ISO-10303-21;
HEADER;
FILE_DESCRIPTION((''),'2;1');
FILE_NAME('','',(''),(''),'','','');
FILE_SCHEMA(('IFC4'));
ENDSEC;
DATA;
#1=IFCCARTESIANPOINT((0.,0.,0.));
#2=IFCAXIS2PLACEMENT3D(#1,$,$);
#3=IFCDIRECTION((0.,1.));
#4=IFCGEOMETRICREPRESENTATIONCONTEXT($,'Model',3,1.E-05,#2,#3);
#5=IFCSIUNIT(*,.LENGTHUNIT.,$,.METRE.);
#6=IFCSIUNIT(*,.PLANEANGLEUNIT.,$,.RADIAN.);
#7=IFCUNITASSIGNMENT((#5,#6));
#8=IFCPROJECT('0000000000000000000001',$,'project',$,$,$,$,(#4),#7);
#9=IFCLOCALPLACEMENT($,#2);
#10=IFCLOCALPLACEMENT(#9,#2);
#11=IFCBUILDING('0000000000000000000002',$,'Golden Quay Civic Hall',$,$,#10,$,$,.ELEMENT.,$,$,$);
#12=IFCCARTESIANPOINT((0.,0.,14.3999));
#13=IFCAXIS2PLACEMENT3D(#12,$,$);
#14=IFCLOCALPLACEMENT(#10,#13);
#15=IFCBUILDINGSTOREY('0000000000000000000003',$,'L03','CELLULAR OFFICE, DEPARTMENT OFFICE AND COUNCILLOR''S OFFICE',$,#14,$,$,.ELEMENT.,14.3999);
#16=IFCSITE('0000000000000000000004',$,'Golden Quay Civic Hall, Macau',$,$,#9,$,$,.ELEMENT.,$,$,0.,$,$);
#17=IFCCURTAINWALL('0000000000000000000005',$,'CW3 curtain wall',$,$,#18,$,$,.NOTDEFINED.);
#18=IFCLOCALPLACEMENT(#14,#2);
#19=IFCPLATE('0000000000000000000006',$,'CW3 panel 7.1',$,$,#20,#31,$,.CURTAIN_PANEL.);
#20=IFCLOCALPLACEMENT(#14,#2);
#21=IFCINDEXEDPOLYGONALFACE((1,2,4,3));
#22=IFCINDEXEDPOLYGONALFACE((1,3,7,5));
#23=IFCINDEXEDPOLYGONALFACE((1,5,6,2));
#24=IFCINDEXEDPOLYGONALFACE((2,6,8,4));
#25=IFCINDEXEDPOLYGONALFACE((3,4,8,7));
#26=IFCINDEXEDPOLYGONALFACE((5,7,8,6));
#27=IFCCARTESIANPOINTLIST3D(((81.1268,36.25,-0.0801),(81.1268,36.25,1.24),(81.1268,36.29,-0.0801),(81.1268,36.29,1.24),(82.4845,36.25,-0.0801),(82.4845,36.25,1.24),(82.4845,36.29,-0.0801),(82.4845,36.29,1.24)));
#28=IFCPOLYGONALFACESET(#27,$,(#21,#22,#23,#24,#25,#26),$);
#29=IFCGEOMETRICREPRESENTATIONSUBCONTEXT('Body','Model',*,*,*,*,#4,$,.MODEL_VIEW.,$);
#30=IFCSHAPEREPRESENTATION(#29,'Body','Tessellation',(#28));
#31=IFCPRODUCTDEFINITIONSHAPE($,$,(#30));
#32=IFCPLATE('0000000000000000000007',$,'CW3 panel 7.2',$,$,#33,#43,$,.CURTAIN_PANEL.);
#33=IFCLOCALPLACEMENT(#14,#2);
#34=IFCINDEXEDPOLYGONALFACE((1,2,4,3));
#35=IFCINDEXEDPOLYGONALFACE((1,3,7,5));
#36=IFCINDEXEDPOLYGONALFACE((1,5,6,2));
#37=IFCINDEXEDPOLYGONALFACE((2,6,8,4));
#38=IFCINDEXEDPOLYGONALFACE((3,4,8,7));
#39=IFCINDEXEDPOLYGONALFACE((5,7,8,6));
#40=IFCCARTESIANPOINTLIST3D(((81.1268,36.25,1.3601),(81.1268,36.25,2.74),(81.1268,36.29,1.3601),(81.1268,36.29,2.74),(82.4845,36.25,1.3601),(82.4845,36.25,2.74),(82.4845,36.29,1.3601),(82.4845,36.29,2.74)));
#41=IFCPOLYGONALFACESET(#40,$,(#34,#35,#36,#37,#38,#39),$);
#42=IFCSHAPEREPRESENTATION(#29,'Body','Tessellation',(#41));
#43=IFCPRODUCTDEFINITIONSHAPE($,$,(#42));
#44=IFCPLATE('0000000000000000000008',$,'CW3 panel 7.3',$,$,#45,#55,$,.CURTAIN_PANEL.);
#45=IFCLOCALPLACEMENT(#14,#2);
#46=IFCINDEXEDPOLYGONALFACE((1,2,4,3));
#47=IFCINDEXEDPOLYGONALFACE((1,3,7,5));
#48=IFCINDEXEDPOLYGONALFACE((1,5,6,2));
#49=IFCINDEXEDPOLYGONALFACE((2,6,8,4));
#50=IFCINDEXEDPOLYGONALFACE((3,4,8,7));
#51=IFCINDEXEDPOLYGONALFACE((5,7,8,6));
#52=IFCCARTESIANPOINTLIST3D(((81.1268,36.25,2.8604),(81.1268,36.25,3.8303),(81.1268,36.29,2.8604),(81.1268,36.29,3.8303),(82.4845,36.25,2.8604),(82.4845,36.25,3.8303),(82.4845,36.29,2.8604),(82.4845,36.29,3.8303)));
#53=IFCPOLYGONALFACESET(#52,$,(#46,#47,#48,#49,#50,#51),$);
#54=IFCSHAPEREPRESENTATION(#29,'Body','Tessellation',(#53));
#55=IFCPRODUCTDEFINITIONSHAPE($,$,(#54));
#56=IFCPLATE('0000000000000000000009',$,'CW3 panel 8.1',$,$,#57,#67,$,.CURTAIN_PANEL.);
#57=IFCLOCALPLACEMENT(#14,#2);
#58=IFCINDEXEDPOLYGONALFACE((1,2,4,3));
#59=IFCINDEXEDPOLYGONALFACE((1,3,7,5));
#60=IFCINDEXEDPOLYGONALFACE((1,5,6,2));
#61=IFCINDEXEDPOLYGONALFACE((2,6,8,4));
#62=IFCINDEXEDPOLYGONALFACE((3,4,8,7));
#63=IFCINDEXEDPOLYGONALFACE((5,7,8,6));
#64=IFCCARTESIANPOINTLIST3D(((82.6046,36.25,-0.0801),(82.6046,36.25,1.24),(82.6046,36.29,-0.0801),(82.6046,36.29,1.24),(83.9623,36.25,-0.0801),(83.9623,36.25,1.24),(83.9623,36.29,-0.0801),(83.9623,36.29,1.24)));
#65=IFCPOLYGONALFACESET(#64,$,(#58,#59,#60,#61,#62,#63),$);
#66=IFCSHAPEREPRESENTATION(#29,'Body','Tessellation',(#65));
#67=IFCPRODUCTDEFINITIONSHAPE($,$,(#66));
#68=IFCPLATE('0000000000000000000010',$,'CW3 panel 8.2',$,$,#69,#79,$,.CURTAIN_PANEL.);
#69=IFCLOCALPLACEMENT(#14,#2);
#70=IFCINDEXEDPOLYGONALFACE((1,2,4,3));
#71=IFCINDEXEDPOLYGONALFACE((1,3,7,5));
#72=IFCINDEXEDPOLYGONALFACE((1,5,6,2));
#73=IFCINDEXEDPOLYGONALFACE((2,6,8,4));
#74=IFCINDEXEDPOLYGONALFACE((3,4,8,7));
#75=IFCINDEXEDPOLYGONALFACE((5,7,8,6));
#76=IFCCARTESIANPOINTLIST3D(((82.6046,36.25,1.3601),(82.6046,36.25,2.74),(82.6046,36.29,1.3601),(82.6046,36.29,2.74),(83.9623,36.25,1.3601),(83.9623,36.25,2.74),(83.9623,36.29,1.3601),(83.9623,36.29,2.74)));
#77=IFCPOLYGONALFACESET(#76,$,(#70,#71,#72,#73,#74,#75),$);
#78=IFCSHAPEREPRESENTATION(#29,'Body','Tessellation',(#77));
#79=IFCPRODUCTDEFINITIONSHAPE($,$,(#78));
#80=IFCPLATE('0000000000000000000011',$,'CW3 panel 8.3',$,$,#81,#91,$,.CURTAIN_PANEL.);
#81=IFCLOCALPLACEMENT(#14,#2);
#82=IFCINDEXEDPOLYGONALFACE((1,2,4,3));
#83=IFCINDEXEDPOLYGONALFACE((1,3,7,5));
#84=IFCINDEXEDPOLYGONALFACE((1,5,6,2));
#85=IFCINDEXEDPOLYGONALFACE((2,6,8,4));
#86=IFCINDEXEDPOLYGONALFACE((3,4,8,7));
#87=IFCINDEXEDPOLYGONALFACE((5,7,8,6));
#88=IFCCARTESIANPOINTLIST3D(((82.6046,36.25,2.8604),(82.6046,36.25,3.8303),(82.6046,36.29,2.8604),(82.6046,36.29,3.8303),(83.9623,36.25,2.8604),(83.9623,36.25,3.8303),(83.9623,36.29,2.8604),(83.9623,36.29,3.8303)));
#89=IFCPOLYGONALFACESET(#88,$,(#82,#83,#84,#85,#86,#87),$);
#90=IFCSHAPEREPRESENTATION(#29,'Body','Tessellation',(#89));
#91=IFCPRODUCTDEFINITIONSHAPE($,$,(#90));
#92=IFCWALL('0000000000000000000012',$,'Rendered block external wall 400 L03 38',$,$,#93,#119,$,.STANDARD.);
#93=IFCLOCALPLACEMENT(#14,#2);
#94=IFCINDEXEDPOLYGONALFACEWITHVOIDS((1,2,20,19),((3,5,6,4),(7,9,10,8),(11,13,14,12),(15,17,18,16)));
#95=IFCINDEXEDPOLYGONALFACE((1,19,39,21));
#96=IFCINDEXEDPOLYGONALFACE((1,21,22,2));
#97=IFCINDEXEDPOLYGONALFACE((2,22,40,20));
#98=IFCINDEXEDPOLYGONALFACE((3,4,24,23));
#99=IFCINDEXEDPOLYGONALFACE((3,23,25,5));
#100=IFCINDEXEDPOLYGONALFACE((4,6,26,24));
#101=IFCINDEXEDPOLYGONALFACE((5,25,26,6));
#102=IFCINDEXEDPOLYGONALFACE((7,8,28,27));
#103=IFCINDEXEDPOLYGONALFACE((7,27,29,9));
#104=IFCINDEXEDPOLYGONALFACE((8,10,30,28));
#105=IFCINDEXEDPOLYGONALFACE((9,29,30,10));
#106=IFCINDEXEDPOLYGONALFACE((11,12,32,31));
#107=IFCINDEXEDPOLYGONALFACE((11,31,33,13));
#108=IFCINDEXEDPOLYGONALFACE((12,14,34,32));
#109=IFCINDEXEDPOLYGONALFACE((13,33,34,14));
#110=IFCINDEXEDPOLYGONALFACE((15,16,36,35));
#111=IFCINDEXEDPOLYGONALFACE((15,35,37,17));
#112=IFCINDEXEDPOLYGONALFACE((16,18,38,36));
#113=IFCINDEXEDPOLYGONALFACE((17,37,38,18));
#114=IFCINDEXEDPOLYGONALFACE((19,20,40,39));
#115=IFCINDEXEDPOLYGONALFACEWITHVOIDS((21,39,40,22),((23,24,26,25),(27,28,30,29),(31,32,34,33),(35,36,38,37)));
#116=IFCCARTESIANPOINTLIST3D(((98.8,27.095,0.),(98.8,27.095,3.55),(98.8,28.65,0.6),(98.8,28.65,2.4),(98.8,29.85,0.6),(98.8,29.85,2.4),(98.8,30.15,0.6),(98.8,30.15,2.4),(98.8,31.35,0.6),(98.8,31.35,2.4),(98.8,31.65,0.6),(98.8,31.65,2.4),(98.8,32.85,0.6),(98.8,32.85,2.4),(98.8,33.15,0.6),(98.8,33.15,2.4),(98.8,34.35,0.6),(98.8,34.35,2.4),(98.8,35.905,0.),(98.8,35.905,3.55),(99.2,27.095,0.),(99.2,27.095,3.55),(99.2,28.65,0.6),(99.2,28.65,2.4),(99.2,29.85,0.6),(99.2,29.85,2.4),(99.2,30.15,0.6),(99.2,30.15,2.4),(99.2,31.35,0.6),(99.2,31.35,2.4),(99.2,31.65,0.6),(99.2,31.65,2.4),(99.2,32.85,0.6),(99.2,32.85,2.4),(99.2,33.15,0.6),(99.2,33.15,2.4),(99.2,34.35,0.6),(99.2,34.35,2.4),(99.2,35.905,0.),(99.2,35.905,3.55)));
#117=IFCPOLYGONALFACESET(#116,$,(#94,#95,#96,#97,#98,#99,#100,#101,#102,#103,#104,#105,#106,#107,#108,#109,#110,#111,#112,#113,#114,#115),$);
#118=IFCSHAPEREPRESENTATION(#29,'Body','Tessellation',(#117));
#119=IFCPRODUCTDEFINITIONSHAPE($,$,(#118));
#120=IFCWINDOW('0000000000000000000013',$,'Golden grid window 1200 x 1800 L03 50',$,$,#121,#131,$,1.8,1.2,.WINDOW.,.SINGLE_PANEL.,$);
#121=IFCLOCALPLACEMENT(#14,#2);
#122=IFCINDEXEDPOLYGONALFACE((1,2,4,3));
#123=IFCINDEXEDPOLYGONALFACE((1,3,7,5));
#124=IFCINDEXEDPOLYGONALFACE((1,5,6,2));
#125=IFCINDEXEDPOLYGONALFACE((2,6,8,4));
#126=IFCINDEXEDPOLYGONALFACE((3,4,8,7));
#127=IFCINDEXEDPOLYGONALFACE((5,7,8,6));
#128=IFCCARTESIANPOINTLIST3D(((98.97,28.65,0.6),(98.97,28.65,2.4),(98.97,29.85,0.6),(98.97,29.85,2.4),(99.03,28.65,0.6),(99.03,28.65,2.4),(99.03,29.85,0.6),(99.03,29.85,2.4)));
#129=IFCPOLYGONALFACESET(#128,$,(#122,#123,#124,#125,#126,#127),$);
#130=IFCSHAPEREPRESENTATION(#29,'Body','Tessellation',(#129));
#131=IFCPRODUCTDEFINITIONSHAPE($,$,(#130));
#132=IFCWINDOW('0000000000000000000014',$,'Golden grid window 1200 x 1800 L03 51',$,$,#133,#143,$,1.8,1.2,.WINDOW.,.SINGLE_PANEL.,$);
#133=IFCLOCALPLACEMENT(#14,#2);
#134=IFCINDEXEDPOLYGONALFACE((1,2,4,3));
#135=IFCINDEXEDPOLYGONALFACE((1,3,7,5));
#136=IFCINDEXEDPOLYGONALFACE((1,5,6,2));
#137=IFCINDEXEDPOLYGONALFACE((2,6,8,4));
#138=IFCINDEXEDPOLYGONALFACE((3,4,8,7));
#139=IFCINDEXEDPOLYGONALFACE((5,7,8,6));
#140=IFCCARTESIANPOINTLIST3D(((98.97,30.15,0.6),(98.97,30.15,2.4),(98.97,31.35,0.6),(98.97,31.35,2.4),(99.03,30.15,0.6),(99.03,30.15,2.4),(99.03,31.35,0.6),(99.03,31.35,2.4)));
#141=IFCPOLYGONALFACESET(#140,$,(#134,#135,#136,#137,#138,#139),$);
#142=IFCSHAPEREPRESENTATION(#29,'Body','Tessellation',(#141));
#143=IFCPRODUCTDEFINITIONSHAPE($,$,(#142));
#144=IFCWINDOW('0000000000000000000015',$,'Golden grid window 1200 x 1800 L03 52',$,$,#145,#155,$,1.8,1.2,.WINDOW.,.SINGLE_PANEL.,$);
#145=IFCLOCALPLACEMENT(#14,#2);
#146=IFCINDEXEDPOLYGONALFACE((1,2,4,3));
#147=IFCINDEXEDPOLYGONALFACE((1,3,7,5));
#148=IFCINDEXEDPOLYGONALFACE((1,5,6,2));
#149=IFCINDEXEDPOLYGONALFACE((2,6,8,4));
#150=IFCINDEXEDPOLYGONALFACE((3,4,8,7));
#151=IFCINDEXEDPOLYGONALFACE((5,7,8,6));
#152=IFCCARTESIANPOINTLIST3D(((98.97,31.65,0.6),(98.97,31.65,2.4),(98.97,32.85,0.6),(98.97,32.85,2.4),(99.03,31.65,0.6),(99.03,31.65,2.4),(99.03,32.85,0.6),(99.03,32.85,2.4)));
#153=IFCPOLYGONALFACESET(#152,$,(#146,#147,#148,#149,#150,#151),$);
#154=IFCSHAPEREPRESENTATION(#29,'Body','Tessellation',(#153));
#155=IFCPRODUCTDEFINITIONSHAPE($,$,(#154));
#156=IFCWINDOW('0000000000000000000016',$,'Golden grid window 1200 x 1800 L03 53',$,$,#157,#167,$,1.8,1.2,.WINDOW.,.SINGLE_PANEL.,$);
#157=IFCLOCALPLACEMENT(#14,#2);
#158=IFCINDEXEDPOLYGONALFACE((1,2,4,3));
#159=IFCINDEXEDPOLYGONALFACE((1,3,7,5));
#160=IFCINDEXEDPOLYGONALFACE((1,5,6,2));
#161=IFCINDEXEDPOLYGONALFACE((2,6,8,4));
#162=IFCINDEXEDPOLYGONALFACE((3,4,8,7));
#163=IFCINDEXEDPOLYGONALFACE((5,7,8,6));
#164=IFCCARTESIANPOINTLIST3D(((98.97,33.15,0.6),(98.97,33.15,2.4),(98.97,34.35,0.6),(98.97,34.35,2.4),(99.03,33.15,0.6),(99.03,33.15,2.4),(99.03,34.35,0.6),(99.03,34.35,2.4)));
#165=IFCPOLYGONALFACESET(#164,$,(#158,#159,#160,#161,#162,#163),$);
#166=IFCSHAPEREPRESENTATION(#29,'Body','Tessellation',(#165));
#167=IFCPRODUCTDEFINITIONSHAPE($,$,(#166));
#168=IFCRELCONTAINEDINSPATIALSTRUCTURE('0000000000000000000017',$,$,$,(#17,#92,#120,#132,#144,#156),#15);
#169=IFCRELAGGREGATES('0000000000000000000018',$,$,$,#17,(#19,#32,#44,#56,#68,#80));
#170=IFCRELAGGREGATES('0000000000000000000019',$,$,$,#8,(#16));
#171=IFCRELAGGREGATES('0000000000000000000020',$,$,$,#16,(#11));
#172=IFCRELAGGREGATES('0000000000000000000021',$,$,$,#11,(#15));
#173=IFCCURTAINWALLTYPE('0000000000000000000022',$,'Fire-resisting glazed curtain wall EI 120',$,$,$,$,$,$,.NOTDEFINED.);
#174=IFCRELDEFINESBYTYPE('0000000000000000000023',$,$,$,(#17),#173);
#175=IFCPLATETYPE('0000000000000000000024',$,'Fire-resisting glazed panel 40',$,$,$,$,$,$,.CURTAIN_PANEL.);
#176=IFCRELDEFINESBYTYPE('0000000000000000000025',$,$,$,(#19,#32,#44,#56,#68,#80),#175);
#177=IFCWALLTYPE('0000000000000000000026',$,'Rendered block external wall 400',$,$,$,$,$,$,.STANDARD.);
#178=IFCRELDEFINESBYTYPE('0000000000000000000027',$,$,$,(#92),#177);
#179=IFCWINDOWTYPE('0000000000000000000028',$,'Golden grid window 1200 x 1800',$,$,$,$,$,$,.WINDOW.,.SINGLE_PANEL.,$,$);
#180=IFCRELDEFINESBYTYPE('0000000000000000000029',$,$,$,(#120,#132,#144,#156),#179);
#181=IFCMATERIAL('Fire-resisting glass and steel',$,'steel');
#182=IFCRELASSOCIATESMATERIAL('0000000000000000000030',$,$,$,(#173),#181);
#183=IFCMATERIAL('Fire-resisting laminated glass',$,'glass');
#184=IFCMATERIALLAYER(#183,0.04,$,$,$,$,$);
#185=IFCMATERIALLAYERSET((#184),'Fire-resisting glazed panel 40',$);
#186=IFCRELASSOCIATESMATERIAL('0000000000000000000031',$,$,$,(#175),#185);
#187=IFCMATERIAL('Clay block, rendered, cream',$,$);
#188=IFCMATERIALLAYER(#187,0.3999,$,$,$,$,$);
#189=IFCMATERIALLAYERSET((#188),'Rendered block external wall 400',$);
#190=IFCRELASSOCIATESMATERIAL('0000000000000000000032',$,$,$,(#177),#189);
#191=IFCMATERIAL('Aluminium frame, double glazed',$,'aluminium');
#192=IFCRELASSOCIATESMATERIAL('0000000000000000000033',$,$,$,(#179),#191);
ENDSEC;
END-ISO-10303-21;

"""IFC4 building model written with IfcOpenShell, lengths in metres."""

from ifc_helpers import new_model, si_unit, direction, frame, frame_2d, origin, origin_2d, place, context, subcontext, project, spatial, rectangle, extrude, material, layer, layer_set, type_object, element, fill, aggregate, save


model = new_model("IFC4")

# Units and contexts
model_context = context("Model", 3, precision=1e-05, world=origin(), true_north=direction((0.0, 1.0)))
body_context = subcontext(model_context, "Body", "Model", "MODEL_VIEW")
ifc_project = project(units=[si_unit("LENGTHUNIT", "METRE"), si_unit("PLANEANGLEUNIT", "RADIAN")], contexts=[model_context])

# Site, building, storey
site_placement = place(None, origin())
site = spatial("IfcSite", under=ifc_project, at=site_placement, Name="Golden Quay Civic Hall, Macau", CompositionType="ELEMENT", RefElevation=0.0)
building_placement = place(site_placement, origin())
building = spatial("IfcBuilding", under=site, at=building_placement, Name="Golden Quay Civic Hall", CompositionType="ELEMENT")
storey_placement = place(building_placement, frame((0.0, 0.0, 14.3999)))
storey = spatial("IfcBuildingStorey", under=building, at=storey_placement, Name="L03", Description="CELLULAR OFFICE, DEPARTMENT OFFICE AND COUNCILLOR'S OFFICE", CompositionType="ELEMENT", Elevation=14.3999)

# Curtain wall
ifc_material_1 = material(Name="Fire-resisting glass and steel", Category="steel")
curtain_wall_type = type_object("IfcCurtainWallType", Name="Fire-resisting glazed curtain wall EI 120", PredefinedType="NOTDEFINED", material=ifc_material_1)
curtain_wall_placement = place(storey_placement, origin())
curtain_wall = element("IfcCurtainWall", 1, at=curtain_wall_placement, inside=storey, type_object=curtain_wall_type, Name="CW3 curtain wall", PredefinedType="NOTDEFINED")

# Plates
ifc_material_2 = material(Name="Fire-resisting laminated glass", Category="glass")
ifc_layer_1 = layer(ifc_material_2, 0.04)
ifc_layer_set_1 = layer_set([ifc_layer_1], Name="Fire-resisting glazed panel 40")
plate_type = type_object("IfcPlateType", Name="Fire-resisting glazed panel 40", PredefinedType="CURTAIN_PANEL", material=ifc_layer_set_1)
plate_1_placement = place(storey_placement, frame((81.8057, 36.27, -0.0801), z_axis=(0.0, 0.0, 1.0), x_axis=(1.0, 0.0, 0.0)))
plate_1 = element("IfcPlate", 2, at=plate_1_placement, type_object=plate_type, Name="CW3 panel 7.1", PredefinedType="CURTAIN_PANEL", context=body_context, shape_type="SweptSolid", body=[
    extrude(rectangle(XDim=1.3577, YDim=0.04, at=origin_2d()), origin(), (0.0, 0.0, 1.0), 1.3201),
])
plate_2_placement = place(storey_placement, frame((81.8057, 36.27, 1.3601), z_axis=(0.0, 0.0, 1.0), x_axis=(1.0, 0.0, 0.0)))
plate_2 = element("IfcPlate", 3, at=plate_2_placement, type_object=plate_type, Name="CW3 panel 7.2", PredefinedType="CURTAIN_PANEL", context=body_context, shape_type="SweptSolid", body=[
    extrude(rectangle(XDim=1.3577, YDim=0.04, at=origin_2d()), origin(), (0.0, 0.0, 1.0), 1.3799),
])
plate_3_placement = place(storey_placement, frame((81.8057, 36.27, 2.8604), z_axis=(0.0, 0.0, 1.0), x_axis=(1.0, 0.0, 0.0)))
plate_3 = element("IfcPlate", 4, at=plate_3_placement, type_object=plate_type, Name="CW3 panel 7.3", PredefinedType="CURTAIN_PANEL", context=body_context, shape_type="SweptSolid", body=[
    extrude(rectangle(XDim=1.3577, YDim=0.04, at=origin_2d()), origin(), (0.0, 0.0, 1.0), 0.97),
])
plate_4_placement = place(storey_placement, frame((83.2834, 36.27, -0.0801), z_axis=(0.0, 0.0, 1.0), x_axis=(1.0, 0.0, 0.0)))
plate_4 = element("IfcPlate", 5, at=plate_4_placement, type_object=plate_type, Name="CW3 panel 8.1", PredefinedType="CURTAIN_PANEL", context=body_context, shape_type="SweptSolid", body=[
    extrude(rectangle(XDim=1.3577, YDim=0.04, at=origin_2d()), origin(), (0.0, 0.0, 1.0), 1.3201),
])
plate_5_placement = place(storey_placement, frame((83.2834, 36.27, 1.3601), z_axis=(0.0, 0.0, 1.0), x_axis=(1.0, 0.0, 0.0)))
plate_5 = element("IfcPlate", 6, at=plate_5_placement, type_object=plate_type, Name="CW3 panel 8.2", PredefinedType="CURTAIN_PANEL", context=body_context, shape_type="SweptSolid", body=[
    extrude(rectangle(XDim=1.3577, YDim=0.04, at=origin_2d()), origin(), (0.0, 0.0, 1.0), 1.3799),
])
plate_6_placement = place(storey_placement, frame((83.2834, 36.27, 2.8604), z_axis=(0.0, 0.0, 1.0), x_axis=(1.0, 0.0, 0.0)))
plate_6 = element("IfcPlate", 7, at=plate_6_placement, type_object=plate_type, Name="CW3 panel 8.3", PredefinedType="CURTAIN_PANEL", context=body_context, shape_type="SweptSolid", body=[
    extrude(rectangle(XDim=1.3577, YDim=0.04, at=origin_2d()), origin(), (0.0, 0.0, 1.0), 0.97),
])
aggregate(curtain_wall, [plate_1, plate_2, plate_3, plate_4, plate_5, plate_6])

# Wall, openings, windows
ifc_material_3 = material(Name="Clay block, rendered, cream")
ifc_layer_2 = layer(ifc_material_3, 0.3999)
ifc_layer_set_2 = layer_set([ifc_layer_2], Name="Rendered block external wall 400")
wall_type = type_object("IfcWallType", Name="Rendered block external wall 400", PredefinedType="STANDARD", material=ifc_layer_set_2)
wall_1_placement = place(storey_placement, frame((99.0, 27.095, 0.0), z_axis=(0.0, 0.0, 1.0), x_axis=(0.0, 1.0, 0.0)))
wall_1 = element("IfcWall", 8, at=wall_1_placement, inside=storey, type_object=wall_type, Name="Rendered block external wall 400 L03 38", PredefinedType="STANDARD", context=body_context, shape_type="SweptSolid", body=[
    extrude(rectangle(XDim=8.8101, YDim=0.3999, at=frame_2d((4.405, 0.0))), origin(), (0.0, 0.0, 1.0), 3.55),
])
opening_1_placement = place(wall_1_placement, frame((1.5549, 0.0, 0.6001)))
opening_1 = element("IfcOpeningElement", 9, at=opening_1_placement, cuts=wall_1, PredefinedType="OPENING", context=body_context, shape_type="SweptSolid", body=[
    extrude(rectangle(XDim=1.2, YDim=1.8, at=frame_2d((0.6001, 0.8999))), frame((0.0, 0.21, 0.0), z_axis=(0.0, -1.0, 0.0), x_axis=(1.0, 0.0, 0.0)), (0.0, 0.0, 1.0), 0.4199),
])
opening_2_placement = place(wall_1_placement, frame((3.0549, 0.0, 0.6001)))
opening_2 = element("IfcOpeningElement", 10, at=opening_2_placement, cuts=wall_1, PredefinedType="OPENING", context=body_context, shape_type="SweptSolid", body=[
    extrude(rectangle(XDim=1.2, YDim=1.8, at=frame_2d((0.6001, 0.8999))), frame((0.0, 0.21, 0.0), z_axis=(0.0, -1.0, 0.0), x_axis=(1.0, 0.0, 0.0)), (0.0, 0.0, 1.0), 0.4199),
])
opening_3_placement = place(wall_1_placement, frame((4.5549, 0.0, 0.6001)))
opening_3 = element("IfcOpeningElement", 11, at=opening_3_placement, cuts=wall_1, PredefinedType="OPENING", context=body_context, shape_type="SweptSolid", body=[
    extrude(rectangle(XDim=1.2, YDim=1.8, at=frame_2d((0.6001, 0.8999))), frame((0.0, 0.21, 0.0), z_axis=(0.0, -1.0, 0.0), x_axis=(1.0, 0.0, 0.0)), (0.0, 0.0, 1.0), 0.4199),
])
opening_4_placement = place(wall_1_placement, frame((6.0549, 0.0, 0.6001)))
opening_4 = element("IfcOpeningElement", 12, at=opening_4_placement, cuts=wall_1, PredefinedType="OPENING", context=body_context, shape_type="SweptSolid", body=[
    extrude(rectangle(XDim=1.2, YDim=1.8, at=frame_2d((0.6001, 0.8999))), frame((0.0, 0.21, 0.0), z_axis=(0.0, -1.0, 0.0), x_axis=(1.0, 0.0, 0.0)), (0.0, 0.0, 1.0), 0.4199),
])
ifc_material_4 = material(Name="Aluminium frame, double glazed", Category="aluminium")
window_type = type_object("IfcWindowType", Name="Golden grid window 1200 x 1800", PartitioningType="SINGLE_PANEL", PredefinedType="WINDOW", material=ifc_material_4)
window_1_placement = place(opening_1_placement, origin())
window_1 = element("IfcWindow", 13, at=window_1_placement, inside=storey, type_object=window_type, Name="Golden grid window 1200 x 1800 L03 50", OverallHeight=1.8, OverallWidth=1.2, PartitioningType="SINGLE_PANEL", PredefinedType="WINDOW", context=body_context, shape_type="SweptSolid", body=[
    extrude(rectangle(XDim=1.2, YDim=1.8, at=frame_2d((0.6001, 0.8999))), frame((0.0, 0.03, 0.0), z_axis=(0.0, -1.0, 0.0), x_axis=(1.0, 0.0, 0.0)), (0.0, 0.0, 1.0), 0.0601),
])
fill(opening_1, window_1)
window_2_placement = place(opening_2_placement, origin())
window_2 = element("IfcWindow", 14, at=window_2_placement, inside=storey, type_object=window_type, Name="Golden grid window 1200 x 1800 L03 51", OverallHeight=1.8, OverallWidth=1.2, PartitioningType="SINGLE_PANEL", PredefinedType="WINDOW", context=body_context, shape_type="SweptSolid", body=[
    extrude(rectangle(XDim=1.2, YDim=1.8, at=frame_2d((0.6001, 0.8999))), frame((0.0, 0.03, 0.0), z_axis=(0.0, -1.0, 0.0), x_axis=(1.0, 0.0, 0.0)), (0.0, 0.0, 1.0), 0.0601),
])
fill(opening_2, window_2)
window_3_placement = place(opening_3_placement, origin())
window_3 = element("IfcWindow", 15, at=window_3_placement, inside=storey, type_object=window_type, Name="Golden grid window 1200 x 1800 L03 52", OverallHeight=1.8, OverallWidth=1.2, PartitioningType="SINGLE_PANEL", PredefinedType="WINDOW", context=body_context, shape_type="SweptSolid", body=[
    extrude(rectangle(XDim=1.2, YDim=1.8, at=frame_2d((0.6001, 0.8999))), frame((0.0, 0.03, 0.0), z_axis=(0.0, -1.0, 0.0), x_axis=(1.0, 0.0, 0.0)), (0.0, 0.0, 1.0), 0.0601),
])
fill(opening_3, window_3)
window_4_placement = place(opening_4_placement, origin())
window_4 = element("IfcWindow", 16, at=window_4_placement, inside=storey, type_object=window_type, Name="Golden grid window 1200 x 1800 L03 53", OverallHeight=1.8, OverallWidth=1.2, PartitioningType="SINGLE_PANEL", PredefinedType="WINDOW", context=body_context, shape_type="SweptSolid", body=[
    extrude(rectangle(XDim=1.2, YDim=1.8, at=frame_2d((0.6001, 0.8999))), frame((0.0, 0.03, 0.0), z_axis=(0.0, -1.0, 0.0), x_axis=(1.0, 0.0, 0.0)), (0.0, 0.0, 1.0), 0.0601),
])
fill(opening_4, window_4)

save(model, "model.ifc")
